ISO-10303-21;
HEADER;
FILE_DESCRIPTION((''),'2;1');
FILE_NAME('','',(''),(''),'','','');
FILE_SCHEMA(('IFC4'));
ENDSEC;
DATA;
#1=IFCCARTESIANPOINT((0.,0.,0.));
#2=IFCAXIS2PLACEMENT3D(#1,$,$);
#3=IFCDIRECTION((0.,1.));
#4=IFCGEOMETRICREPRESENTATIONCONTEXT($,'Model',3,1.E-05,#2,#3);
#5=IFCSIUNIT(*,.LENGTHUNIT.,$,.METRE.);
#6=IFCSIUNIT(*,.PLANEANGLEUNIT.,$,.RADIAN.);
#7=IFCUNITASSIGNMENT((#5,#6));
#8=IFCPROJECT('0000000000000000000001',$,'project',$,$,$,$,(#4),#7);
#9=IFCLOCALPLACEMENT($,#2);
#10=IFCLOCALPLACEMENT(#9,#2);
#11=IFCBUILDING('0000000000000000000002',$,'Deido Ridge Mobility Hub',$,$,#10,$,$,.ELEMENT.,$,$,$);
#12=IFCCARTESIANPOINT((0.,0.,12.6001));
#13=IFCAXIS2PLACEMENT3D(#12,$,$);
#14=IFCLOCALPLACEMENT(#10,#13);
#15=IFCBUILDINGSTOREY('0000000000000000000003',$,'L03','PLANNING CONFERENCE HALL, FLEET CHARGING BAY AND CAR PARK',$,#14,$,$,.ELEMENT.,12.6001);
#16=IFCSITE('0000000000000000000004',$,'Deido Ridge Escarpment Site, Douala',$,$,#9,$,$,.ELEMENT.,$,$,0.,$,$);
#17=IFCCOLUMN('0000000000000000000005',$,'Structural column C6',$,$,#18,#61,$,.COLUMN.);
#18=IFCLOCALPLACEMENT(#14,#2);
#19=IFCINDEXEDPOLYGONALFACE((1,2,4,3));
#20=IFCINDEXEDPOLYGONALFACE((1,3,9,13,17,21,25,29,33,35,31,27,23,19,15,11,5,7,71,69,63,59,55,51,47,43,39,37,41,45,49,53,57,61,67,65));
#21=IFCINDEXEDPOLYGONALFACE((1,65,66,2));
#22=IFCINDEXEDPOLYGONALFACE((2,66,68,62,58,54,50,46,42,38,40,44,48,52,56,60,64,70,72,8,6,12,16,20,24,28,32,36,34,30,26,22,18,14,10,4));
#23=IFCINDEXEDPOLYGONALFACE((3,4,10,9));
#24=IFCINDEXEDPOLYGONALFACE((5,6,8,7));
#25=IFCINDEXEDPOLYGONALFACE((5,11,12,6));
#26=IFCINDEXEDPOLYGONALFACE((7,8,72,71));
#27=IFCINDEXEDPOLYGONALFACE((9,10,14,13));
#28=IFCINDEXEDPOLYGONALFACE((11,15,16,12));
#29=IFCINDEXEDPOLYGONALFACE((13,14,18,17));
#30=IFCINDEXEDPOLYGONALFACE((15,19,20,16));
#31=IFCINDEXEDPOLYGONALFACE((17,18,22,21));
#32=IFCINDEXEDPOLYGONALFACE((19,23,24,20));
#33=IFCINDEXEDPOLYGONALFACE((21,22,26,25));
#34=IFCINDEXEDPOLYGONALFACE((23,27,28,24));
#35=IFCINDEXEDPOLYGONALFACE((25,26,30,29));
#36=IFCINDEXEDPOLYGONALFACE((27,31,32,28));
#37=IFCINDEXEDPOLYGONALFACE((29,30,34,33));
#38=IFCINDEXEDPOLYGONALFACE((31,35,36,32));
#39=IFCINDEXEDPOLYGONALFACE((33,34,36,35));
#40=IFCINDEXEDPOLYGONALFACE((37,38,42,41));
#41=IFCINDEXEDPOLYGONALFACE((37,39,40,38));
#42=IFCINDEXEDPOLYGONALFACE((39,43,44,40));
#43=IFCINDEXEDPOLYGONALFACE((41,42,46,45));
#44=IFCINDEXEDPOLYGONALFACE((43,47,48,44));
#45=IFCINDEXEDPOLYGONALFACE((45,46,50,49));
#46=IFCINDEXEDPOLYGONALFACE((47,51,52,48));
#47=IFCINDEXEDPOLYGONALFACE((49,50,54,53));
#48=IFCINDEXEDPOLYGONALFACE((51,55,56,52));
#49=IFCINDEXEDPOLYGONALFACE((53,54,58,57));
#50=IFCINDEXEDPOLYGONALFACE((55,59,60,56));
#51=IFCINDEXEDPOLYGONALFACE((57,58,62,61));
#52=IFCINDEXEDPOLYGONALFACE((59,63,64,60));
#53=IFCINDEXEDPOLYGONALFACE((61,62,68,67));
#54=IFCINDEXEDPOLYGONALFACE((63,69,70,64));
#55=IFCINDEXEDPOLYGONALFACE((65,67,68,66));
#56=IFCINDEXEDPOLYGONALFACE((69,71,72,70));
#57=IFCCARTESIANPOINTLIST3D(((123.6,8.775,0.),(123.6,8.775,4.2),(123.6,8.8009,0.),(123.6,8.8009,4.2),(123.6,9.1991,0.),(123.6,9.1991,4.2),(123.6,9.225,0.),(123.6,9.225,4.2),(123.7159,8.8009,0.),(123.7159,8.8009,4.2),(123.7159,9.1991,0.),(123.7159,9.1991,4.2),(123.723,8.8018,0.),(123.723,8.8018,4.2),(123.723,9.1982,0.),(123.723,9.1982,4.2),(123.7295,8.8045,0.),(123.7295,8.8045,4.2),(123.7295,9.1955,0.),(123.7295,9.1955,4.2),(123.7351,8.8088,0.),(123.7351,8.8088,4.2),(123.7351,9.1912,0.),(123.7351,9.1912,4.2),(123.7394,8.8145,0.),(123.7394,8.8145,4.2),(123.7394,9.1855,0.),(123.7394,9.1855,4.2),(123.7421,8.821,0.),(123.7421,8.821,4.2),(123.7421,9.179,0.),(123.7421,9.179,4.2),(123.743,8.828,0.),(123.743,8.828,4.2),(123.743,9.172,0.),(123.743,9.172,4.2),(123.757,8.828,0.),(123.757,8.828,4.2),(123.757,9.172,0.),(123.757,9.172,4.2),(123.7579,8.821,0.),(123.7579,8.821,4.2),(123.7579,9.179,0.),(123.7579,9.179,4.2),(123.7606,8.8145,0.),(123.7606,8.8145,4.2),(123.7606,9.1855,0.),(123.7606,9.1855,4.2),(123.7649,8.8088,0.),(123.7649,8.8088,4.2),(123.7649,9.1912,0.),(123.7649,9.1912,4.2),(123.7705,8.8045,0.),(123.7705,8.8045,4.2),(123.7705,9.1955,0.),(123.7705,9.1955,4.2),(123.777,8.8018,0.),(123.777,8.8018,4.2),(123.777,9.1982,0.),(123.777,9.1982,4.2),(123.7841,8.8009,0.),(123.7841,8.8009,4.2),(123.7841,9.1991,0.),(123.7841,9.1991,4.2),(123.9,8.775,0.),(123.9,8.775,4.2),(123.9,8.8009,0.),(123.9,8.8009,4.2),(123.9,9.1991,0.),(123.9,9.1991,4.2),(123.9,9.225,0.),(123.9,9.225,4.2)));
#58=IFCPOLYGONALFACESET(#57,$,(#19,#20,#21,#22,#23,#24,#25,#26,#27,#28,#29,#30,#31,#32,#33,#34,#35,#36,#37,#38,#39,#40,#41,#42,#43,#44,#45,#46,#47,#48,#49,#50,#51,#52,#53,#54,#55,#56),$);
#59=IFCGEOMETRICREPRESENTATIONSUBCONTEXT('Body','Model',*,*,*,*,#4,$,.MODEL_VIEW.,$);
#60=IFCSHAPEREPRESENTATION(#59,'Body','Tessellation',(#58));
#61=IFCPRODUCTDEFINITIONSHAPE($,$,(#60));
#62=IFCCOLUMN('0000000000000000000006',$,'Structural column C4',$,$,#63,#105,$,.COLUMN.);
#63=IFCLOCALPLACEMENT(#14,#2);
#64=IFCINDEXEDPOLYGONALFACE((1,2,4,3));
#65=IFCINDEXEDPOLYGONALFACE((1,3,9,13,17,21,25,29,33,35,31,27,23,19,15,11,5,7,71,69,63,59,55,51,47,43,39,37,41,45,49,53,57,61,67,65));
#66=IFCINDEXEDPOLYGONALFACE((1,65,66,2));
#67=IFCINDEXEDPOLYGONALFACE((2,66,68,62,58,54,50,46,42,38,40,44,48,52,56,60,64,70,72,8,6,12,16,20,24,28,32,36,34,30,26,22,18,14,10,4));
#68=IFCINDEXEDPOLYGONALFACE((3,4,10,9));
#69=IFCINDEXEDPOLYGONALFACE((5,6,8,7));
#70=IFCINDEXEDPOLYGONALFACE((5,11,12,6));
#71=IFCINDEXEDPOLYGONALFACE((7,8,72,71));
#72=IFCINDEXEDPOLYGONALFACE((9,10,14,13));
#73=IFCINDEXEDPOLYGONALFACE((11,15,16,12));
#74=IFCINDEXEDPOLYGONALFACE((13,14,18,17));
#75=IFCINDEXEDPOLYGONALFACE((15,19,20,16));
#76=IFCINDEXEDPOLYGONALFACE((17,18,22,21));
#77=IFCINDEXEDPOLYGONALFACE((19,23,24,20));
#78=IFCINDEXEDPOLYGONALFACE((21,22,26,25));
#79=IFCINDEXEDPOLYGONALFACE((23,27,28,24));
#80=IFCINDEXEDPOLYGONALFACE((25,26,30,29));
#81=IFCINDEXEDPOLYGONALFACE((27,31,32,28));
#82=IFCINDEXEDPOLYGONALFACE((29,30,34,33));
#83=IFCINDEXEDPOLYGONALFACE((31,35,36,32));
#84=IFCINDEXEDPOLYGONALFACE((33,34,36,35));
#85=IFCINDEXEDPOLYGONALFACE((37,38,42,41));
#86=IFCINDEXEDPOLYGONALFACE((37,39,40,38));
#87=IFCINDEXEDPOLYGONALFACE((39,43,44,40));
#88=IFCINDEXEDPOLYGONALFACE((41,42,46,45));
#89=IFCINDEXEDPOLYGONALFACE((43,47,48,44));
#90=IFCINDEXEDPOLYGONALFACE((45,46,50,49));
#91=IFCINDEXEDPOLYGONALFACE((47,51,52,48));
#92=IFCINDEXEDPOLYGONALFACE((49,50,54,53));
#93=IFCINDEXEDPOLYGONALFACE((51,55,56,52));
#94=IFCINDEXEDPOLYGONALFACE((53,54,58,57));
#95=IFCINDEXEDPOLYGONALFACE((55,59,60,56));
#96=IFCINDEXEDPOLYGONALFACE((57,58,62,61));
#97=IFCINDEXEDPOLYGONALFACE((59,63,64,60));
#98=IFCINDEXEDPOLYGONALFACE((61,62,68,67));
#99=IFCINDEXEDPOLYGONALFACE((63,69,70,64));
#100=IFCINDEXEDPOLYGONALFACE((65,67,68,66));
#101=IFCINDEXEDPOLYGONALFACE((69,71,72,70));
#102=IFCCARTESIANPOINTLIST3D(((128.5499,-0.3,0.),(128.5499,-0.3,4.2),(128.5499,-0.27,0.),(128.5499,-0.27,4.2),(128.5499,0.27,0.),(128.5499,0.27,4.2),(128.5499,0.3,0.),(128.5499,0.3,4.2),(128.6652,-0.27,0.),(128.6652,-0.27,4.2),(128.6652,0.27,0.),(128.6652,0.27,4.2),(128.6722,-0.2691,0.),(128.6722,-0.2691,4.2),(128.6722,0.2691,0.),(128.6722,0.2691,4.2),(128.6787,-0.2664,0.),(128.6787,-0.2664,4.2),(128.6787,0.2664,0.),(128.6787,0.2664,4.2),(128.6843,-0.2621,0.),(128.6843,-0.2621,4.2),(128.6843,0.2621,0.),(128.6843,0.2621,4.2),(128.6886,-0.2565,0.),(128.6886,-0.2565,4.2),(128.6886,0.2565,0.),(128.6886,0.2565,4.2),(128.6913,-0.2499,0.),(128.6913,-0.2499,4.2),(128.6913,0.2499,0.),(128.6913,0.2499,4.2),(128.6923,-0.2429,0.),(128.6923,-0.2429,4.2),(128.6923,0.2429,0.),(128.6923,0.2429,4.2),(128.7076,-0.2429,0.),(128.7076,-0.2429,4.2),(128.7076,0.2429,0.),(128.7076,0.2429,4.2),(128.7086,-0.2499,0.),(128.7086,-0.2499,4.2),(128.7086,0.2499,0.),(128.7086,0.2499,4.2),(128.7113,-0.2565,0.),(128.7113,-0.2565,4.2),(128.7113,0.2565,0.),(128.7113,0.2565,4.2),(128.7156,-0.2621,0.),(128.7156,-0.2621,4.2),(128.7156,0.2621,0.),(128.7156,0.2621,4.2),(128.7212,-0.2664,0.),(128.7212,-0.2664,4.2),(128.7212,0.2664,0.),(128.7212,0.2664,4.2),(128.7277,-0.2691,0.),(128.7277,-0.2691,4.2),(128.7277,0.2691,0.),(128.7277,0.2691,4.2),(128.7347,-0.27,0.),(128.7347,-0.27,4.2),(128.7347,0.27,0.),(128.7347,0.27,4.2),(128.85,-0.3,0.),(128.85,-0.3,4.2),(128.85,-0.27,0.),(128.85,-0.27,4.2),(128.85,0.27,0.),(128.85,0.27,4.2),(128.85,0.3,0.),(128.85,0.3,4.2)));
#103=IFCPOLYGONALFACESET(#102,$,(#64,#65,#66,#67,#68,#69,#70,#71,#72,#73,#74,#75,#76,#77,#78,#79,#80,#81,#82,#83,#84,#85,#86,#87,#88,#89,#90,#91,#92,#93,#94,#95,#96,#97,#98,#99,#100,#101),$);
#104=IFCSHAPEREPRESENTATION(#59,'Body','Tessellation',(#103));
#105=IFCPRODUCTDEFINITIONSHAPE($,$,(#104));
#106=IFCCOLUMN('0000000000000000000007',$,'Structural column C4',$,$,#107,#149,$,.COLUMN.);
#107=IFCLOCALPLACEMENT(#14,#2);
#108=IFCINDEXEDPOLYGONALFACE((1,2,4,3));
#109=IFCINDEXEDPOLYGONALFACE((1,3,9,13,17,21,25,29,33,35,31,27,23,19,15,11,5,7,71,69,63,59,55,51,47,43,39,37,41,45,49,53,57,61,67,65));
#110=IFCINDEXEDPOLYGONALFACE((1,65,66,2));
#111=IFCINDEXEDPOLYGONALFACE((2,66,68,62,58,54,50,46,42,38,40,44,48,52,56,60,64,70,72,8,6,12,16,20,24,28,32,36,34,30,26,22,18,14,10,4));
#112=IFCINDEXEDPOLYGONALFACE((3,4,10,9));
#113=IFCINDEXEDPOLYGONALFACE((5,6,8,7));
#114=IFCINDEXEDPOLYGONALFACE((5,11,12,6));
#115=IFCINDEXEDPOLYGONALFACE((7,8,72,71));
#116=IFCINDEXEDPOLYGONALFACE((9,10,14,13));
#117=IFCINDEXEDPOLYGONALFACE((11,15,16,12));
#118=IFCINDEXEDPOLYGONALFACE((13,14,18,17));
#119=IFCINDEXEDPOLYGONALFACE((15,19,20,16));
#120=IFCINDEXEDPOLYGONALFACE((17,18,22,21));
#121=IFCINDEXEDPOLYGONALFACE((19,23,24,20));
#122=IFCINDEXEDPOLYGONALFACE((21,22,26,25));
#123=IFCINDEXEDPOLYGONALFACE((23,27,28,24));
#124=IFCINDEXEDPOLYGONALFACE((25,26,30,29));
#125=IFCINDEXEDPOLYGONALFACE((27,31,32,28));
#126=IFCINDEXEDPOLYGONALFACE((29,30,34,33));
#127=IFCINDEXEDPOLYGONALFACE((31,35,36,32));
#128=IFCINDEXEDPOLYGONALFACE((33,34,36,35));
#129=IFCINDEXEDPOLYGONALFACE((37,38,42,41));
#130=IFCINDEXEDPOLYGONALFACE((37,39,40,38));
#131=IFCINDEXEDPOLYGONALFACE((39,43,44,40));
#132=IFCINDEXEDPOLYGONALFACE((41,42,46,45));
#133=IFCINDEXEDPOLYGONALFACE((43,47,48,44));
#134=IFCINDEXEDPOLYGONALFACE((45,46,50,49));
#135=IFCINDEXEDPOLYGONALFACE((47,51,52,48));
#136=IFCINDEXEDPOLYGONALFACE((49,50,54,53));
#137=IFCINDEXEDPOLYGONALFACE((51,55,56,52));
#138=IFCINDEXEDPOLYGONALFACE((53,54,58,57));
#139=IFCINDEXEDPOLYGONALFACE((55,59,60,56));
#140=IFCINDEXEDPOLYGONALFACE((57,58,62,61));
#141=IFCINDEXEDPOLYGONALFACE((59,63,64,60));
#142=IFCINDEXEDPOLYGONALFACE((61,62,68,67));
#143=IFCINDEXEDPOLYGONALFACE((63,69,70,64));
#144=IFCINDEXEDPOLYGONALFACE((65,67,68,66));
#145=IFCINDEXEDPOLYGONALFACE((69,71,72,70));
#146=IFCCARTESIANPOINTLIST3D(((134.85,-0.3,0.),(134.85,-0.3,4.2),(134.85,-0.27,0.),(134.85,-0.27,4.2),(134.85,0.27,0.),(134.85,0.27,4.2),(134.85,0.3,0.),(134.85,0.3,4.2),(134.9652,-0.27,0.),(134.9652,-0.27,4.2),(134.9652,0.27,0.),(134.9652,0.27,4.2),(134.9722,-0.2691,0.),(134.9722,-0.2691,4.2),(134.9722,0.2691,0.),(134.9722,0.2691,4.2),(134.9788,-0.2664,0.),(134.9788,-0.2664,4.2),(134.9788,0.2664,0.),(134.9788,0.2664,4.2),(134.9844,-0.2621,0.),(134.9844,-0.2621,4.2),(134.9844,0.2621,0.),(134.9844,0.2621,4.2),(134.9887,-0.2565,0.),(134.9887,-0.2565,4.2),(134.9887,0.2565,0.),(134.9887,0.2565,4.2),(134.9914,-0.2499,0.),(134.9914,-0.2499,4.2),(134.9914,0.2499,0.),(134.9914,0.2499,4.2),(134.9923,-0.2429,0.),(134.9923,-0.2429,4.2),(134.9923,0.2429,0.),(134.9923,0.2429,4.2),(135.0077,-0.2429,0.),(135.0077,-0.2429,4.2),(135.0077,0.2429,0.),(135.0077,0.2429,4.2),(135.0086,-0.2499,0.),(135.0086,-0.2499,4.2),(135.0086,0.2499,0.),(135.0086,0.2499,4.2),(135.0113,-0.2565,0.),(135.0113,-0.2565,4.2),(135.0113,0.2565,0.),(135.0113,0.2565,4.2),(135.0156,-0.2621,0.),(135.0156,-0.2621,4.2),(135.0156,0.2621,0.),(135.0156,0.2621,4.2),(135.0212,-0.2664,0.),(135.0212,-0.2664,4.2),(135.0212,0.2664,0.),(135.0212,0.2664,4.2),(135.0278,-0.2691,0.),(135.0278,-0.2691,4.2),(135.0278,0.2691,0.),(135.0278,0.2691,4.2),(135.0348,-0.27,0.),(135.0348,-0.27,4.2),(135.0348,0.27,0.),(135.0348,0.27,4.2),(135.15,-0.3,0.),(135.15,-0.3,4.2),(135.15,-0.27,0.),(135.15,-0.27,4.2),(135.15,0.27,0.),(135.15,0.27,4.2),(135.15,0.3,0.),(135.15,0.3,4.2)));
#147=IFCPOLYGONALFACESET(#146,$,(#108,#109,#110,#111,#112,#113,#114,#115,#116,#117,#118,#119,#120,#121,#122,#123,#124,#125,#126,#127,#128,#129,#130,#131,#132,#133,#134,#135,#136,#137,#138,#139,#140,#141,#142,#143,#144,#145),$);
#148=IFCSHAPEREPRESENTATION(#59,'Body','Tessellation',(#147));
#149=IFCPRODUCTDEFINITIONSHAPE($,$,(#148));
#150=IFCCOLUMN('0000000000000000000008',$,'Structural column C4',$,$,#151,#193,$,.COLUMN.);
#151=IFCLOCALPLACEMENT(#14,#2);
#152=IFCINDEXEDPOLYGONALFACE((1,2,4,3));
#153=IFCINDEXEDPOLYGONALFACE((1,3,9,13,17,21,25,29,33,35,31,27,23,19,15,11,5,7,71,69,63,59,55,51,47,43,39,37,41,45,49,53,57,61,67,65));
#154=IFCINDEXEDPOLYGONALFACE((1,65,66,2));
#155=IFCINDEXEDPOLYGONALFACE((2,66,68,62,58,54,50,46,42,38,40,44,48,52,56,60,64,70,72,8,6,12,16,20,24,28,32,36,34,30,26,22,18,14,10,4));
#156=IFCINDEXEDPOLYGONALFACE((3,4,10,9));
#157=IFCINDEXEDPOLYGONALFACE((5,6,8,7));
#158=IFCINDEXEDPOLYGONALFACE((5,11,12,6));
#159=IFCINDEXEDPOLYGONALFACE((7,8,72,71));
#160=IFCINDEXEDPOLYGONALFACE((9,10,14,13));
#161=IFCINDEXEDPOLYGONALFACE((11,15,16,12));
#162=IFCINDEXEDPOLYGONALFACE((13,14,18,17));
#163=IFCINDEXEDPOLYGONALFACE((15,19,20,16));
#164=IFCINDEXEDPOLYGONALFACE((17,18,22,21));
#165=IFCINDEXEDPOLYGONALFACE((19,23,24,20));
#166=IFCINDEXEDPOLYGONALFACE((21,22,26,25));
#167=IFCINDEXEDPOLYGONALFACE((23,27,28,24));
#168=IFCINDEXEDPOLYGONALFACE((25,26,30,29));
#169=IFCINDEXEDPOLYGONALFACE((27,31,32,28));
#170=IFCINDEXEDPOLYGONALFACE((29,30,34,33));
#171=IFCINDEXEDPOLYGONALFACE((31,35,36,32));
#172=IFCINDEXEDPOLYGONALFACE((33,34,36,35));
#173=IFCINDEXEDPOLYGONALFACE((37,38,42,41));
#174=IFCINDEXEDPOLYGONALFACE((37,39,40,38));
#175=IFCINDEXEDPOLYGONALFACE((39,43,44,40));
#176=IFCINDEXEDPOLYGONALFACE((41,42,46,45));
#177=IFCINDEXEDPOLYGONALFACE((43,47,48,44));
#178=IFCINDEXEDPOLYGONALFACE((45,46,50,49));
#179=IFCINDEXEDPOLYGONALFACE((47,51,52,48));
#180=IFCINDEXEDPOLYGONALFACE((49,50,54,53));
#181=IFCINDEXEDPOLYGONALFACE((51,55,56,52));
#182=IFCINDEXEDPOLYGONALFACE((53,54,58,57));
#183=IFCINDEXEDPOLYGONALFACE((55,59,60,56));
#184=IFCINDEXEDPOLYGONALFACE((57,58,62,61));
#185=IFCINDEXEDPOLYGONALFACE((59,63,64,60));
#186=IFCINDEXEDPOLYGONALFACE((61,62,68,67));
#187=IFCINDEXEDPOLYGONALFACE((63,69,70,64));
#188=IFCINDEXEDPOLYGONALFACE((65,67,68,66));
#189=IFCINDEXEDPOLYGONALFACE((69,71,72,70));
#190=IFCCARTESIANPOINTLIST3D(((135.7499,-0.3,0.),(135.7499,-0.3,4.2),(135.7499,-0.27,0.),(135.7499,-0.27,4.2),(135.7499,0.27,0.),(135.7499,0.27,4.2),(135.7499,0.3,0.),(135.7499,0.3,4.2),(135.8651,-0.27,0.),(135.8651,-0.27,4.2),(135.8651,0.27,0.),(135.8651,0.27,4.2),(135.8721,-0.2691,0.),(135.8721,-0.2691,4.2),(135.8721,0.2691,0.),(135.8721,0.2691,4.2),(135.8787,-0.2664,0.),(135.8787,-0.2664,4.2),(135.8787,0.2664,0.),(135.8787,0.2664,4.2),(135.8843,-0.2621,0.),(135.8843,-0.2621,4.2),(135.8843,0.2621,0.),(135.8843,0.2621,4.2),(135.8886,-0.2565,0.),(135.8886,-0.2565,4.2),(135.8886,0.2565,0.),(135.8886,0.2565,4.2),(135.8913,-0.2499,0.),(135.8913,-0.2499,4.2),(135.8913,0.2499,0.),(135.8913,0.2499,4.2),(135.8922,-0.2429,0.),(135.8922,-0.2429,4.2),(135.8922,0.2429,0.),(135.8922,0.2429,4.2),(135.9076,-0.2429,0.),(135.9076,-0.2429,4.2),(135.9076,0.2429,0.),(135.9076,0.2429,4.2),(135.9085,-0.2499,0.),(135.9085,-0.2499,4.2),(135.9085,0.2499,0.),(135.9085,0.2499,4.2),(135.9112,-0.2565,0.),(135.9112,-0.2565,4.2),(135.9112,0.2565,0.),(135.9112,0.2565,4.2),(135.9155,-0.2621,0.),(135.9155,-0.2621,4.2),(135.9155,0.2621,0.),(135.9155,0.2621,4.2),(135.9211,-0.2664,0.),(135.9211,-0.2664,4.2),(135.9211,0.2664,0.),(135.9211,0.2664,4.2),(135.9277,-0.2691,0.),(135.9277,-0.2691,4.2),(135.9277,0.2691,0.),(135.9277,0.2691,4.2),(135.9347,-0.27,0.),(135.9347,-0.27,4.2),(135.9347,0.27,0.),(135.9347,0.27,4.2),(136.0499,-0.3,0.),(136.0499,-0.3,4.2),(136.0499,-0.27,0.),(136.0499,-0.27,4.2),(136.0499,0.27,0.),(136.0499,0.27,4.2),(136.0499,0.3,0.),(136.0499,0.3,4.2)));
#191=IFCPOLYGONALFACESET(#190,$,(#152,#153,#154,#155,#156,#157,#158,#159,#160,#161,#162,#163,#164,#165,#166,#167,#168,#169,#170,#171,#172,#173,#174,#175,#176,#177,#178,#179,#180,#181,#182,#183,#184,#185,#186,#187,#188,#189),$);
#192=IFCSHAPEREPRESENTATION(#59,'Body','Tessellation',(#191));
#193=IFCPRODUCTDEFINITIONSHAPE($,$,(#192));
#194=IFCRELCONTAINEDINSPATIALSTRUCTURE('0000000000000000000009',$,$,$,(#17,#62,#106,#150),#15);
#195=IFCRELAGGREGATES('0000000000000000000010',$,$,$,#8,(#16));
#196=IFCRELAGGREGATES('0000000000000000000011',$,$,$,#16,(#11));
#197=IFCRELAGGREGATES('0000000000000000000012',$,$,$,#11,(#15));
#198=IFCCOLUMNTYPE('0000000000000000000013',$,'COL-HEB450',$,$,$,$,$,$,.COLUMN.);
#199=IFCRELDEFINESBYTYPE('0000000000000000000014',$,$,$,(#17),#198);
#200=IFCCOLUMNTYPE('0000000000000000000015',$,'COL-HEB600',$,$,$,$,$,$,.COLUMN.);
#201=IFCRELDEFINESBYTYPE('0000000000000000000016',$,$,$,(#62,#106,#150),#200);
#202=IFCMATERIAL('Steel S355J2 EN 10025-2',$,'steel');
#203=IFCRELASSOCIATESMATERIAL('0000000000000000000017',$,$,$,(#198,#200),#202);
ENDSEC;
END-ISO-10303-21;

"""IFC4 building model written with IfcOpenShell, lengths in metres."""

from ifc_helpers import new_model, si_unit, direction, frame, origin, origin_2d, place, context, subcontext, project, spatial, i_section, extrude, material, material_profile, profile_set, type_object, element, save


model = new_model("IFC4")

# Units and contexts
model_context = context("Model", 3, precision=1e-05, world=origin(), true_north=direction((0.0, 1.0)))
body_context = subcontext(model_context, "Body", "Model", "MODEL_VIEW")
ifc_project = project(units=[si_unit("LENGTHUNIT", "METRE"), si_unit("PLANEANGLEUNIT", "RADIAN")], contexts=[model_context])

# Site, building, storey
site_placement = place(None, origin())
site = spatial("IfcSite", under=ifc_project, at=site_placement, Name="Deido Ridge Escarpment Site, Douala", CompositionType="ELEMENT", RefElevation=0.0)
building_placement = place(site_placement, origin())
building = spatial("IfcBuilding", under=site, at=building_placement, Name="Deido Ridge Mobility Hub", CompositionType="ELEMENT")
storey_placement = place(building_placement, frame((0.0, 0.0, 12.6001)))
storey = spatial("IfcBuildingStorey", under=building, at=storey_placement, Name="L03", Description="PLANNING CONFERENCE HALL, FLEET CHARGING BAY AND CAR PARK", CompositionType="ELEMENT", Elevation=12.6001)

# Columns
ifc_material_1 = material(Name="Steel S355J2 EN 10025-2", Category="steel")
ifc_material_profile_1 = material_profile(ifc_material_1, i_section(OverallWidth=0.3, OverallDepth=0.45, WebThickness=0.0139, FlangeThickness=0.0259, FilletRadius=0.0271, at=origin_2d()), Name="HEB 450")
ifc_profile_set_1 = profile_set([ifc_material_profile_1], Name="Steel S355J2 EN 10025-2")
column_type_1 = type_object("IfcColumnType", Name="COL-HEB450", PredefinedType="COLUMN", material=ifc_profile_set_1)
for number, where, z_axis, x_axis, name in (
    (1, (123.75, 9.0, 0.0), (0.0, 0.0, 1.0), (1.0, 0.0, 0.0), "Structural column C6"),
):
    element("IfcColumn", number, at=place(storey_placement, frame(where, z_axis=z_axis, x_axis=x_axis)), inside=storey, type_object=column_type_1, Name=name, PredefinedType="COLUMN", context=body_context, shape_type="SweptSolid", body=[
        extrude(i_section(OverallWidth=0.3, OverallDepth=0.45, WebThickness=0.0139, FlangeThickness=0.0259, FilletRadius=0.0271, at=origin_2d()), origin(), (0.0, 0.0, 1.0), 4.2),
    ])
ifc_material_profile_2 = material_profile(ifc_material_1, i_section(OverallWidth=0.3, OverallDepth=0.6001, WebThickness=0.0154, FlangeThickness=0.03, FilletRadius=0.0271, at=origin_2d()), Name="HEB 600")
ifc_profile_set_2 = profile_set([ifc_material_profile_2], Name="Steel S355J2 EN 10025-2")
column_type_2 = type_object("IfcColumnType", Name="COL-HEB600", PredefinedType="COLUMN", material=ifc_profile_set_2)
for number, where, z_axis, x_axis, name in (
    (2, (128.7, 0.0, 0.0), (0.0, 0.0, 1.0), (1.0, 0.0, 0.0), "Structural column C4"),
    (3, (135.0, 0.0, 0.0), (0.0, 0.0, 1.0), (1.0, 0.0, 0.0), "Structural column C4"),
    (4, (135.8999, 0.0, 0.0), (0.0, 0.0, 1.0), (1.0, 0.0, 0.0), "Structural column C4"),
):
    element("IfcColumn", number, at=place(storey_placement, frame(where, z_axis=z_axis, x_axis=x_axis)), inside=storey, type_object=column_type_2, Name=name, PredefinedType="COLUMN", context=body_context, shape_type="SweptSolid", body=[
        extrude(i_section(OverallWidth=0.3, OverallDepth=0.6001, WebThickness=0.0154, FlangeThickness=0.03, FilletRadius=0.0271, at=origin_2d()), origin(), (0.0, 0.0, 1.0), 4.2),
    ])

save(model, "model.ifc")
